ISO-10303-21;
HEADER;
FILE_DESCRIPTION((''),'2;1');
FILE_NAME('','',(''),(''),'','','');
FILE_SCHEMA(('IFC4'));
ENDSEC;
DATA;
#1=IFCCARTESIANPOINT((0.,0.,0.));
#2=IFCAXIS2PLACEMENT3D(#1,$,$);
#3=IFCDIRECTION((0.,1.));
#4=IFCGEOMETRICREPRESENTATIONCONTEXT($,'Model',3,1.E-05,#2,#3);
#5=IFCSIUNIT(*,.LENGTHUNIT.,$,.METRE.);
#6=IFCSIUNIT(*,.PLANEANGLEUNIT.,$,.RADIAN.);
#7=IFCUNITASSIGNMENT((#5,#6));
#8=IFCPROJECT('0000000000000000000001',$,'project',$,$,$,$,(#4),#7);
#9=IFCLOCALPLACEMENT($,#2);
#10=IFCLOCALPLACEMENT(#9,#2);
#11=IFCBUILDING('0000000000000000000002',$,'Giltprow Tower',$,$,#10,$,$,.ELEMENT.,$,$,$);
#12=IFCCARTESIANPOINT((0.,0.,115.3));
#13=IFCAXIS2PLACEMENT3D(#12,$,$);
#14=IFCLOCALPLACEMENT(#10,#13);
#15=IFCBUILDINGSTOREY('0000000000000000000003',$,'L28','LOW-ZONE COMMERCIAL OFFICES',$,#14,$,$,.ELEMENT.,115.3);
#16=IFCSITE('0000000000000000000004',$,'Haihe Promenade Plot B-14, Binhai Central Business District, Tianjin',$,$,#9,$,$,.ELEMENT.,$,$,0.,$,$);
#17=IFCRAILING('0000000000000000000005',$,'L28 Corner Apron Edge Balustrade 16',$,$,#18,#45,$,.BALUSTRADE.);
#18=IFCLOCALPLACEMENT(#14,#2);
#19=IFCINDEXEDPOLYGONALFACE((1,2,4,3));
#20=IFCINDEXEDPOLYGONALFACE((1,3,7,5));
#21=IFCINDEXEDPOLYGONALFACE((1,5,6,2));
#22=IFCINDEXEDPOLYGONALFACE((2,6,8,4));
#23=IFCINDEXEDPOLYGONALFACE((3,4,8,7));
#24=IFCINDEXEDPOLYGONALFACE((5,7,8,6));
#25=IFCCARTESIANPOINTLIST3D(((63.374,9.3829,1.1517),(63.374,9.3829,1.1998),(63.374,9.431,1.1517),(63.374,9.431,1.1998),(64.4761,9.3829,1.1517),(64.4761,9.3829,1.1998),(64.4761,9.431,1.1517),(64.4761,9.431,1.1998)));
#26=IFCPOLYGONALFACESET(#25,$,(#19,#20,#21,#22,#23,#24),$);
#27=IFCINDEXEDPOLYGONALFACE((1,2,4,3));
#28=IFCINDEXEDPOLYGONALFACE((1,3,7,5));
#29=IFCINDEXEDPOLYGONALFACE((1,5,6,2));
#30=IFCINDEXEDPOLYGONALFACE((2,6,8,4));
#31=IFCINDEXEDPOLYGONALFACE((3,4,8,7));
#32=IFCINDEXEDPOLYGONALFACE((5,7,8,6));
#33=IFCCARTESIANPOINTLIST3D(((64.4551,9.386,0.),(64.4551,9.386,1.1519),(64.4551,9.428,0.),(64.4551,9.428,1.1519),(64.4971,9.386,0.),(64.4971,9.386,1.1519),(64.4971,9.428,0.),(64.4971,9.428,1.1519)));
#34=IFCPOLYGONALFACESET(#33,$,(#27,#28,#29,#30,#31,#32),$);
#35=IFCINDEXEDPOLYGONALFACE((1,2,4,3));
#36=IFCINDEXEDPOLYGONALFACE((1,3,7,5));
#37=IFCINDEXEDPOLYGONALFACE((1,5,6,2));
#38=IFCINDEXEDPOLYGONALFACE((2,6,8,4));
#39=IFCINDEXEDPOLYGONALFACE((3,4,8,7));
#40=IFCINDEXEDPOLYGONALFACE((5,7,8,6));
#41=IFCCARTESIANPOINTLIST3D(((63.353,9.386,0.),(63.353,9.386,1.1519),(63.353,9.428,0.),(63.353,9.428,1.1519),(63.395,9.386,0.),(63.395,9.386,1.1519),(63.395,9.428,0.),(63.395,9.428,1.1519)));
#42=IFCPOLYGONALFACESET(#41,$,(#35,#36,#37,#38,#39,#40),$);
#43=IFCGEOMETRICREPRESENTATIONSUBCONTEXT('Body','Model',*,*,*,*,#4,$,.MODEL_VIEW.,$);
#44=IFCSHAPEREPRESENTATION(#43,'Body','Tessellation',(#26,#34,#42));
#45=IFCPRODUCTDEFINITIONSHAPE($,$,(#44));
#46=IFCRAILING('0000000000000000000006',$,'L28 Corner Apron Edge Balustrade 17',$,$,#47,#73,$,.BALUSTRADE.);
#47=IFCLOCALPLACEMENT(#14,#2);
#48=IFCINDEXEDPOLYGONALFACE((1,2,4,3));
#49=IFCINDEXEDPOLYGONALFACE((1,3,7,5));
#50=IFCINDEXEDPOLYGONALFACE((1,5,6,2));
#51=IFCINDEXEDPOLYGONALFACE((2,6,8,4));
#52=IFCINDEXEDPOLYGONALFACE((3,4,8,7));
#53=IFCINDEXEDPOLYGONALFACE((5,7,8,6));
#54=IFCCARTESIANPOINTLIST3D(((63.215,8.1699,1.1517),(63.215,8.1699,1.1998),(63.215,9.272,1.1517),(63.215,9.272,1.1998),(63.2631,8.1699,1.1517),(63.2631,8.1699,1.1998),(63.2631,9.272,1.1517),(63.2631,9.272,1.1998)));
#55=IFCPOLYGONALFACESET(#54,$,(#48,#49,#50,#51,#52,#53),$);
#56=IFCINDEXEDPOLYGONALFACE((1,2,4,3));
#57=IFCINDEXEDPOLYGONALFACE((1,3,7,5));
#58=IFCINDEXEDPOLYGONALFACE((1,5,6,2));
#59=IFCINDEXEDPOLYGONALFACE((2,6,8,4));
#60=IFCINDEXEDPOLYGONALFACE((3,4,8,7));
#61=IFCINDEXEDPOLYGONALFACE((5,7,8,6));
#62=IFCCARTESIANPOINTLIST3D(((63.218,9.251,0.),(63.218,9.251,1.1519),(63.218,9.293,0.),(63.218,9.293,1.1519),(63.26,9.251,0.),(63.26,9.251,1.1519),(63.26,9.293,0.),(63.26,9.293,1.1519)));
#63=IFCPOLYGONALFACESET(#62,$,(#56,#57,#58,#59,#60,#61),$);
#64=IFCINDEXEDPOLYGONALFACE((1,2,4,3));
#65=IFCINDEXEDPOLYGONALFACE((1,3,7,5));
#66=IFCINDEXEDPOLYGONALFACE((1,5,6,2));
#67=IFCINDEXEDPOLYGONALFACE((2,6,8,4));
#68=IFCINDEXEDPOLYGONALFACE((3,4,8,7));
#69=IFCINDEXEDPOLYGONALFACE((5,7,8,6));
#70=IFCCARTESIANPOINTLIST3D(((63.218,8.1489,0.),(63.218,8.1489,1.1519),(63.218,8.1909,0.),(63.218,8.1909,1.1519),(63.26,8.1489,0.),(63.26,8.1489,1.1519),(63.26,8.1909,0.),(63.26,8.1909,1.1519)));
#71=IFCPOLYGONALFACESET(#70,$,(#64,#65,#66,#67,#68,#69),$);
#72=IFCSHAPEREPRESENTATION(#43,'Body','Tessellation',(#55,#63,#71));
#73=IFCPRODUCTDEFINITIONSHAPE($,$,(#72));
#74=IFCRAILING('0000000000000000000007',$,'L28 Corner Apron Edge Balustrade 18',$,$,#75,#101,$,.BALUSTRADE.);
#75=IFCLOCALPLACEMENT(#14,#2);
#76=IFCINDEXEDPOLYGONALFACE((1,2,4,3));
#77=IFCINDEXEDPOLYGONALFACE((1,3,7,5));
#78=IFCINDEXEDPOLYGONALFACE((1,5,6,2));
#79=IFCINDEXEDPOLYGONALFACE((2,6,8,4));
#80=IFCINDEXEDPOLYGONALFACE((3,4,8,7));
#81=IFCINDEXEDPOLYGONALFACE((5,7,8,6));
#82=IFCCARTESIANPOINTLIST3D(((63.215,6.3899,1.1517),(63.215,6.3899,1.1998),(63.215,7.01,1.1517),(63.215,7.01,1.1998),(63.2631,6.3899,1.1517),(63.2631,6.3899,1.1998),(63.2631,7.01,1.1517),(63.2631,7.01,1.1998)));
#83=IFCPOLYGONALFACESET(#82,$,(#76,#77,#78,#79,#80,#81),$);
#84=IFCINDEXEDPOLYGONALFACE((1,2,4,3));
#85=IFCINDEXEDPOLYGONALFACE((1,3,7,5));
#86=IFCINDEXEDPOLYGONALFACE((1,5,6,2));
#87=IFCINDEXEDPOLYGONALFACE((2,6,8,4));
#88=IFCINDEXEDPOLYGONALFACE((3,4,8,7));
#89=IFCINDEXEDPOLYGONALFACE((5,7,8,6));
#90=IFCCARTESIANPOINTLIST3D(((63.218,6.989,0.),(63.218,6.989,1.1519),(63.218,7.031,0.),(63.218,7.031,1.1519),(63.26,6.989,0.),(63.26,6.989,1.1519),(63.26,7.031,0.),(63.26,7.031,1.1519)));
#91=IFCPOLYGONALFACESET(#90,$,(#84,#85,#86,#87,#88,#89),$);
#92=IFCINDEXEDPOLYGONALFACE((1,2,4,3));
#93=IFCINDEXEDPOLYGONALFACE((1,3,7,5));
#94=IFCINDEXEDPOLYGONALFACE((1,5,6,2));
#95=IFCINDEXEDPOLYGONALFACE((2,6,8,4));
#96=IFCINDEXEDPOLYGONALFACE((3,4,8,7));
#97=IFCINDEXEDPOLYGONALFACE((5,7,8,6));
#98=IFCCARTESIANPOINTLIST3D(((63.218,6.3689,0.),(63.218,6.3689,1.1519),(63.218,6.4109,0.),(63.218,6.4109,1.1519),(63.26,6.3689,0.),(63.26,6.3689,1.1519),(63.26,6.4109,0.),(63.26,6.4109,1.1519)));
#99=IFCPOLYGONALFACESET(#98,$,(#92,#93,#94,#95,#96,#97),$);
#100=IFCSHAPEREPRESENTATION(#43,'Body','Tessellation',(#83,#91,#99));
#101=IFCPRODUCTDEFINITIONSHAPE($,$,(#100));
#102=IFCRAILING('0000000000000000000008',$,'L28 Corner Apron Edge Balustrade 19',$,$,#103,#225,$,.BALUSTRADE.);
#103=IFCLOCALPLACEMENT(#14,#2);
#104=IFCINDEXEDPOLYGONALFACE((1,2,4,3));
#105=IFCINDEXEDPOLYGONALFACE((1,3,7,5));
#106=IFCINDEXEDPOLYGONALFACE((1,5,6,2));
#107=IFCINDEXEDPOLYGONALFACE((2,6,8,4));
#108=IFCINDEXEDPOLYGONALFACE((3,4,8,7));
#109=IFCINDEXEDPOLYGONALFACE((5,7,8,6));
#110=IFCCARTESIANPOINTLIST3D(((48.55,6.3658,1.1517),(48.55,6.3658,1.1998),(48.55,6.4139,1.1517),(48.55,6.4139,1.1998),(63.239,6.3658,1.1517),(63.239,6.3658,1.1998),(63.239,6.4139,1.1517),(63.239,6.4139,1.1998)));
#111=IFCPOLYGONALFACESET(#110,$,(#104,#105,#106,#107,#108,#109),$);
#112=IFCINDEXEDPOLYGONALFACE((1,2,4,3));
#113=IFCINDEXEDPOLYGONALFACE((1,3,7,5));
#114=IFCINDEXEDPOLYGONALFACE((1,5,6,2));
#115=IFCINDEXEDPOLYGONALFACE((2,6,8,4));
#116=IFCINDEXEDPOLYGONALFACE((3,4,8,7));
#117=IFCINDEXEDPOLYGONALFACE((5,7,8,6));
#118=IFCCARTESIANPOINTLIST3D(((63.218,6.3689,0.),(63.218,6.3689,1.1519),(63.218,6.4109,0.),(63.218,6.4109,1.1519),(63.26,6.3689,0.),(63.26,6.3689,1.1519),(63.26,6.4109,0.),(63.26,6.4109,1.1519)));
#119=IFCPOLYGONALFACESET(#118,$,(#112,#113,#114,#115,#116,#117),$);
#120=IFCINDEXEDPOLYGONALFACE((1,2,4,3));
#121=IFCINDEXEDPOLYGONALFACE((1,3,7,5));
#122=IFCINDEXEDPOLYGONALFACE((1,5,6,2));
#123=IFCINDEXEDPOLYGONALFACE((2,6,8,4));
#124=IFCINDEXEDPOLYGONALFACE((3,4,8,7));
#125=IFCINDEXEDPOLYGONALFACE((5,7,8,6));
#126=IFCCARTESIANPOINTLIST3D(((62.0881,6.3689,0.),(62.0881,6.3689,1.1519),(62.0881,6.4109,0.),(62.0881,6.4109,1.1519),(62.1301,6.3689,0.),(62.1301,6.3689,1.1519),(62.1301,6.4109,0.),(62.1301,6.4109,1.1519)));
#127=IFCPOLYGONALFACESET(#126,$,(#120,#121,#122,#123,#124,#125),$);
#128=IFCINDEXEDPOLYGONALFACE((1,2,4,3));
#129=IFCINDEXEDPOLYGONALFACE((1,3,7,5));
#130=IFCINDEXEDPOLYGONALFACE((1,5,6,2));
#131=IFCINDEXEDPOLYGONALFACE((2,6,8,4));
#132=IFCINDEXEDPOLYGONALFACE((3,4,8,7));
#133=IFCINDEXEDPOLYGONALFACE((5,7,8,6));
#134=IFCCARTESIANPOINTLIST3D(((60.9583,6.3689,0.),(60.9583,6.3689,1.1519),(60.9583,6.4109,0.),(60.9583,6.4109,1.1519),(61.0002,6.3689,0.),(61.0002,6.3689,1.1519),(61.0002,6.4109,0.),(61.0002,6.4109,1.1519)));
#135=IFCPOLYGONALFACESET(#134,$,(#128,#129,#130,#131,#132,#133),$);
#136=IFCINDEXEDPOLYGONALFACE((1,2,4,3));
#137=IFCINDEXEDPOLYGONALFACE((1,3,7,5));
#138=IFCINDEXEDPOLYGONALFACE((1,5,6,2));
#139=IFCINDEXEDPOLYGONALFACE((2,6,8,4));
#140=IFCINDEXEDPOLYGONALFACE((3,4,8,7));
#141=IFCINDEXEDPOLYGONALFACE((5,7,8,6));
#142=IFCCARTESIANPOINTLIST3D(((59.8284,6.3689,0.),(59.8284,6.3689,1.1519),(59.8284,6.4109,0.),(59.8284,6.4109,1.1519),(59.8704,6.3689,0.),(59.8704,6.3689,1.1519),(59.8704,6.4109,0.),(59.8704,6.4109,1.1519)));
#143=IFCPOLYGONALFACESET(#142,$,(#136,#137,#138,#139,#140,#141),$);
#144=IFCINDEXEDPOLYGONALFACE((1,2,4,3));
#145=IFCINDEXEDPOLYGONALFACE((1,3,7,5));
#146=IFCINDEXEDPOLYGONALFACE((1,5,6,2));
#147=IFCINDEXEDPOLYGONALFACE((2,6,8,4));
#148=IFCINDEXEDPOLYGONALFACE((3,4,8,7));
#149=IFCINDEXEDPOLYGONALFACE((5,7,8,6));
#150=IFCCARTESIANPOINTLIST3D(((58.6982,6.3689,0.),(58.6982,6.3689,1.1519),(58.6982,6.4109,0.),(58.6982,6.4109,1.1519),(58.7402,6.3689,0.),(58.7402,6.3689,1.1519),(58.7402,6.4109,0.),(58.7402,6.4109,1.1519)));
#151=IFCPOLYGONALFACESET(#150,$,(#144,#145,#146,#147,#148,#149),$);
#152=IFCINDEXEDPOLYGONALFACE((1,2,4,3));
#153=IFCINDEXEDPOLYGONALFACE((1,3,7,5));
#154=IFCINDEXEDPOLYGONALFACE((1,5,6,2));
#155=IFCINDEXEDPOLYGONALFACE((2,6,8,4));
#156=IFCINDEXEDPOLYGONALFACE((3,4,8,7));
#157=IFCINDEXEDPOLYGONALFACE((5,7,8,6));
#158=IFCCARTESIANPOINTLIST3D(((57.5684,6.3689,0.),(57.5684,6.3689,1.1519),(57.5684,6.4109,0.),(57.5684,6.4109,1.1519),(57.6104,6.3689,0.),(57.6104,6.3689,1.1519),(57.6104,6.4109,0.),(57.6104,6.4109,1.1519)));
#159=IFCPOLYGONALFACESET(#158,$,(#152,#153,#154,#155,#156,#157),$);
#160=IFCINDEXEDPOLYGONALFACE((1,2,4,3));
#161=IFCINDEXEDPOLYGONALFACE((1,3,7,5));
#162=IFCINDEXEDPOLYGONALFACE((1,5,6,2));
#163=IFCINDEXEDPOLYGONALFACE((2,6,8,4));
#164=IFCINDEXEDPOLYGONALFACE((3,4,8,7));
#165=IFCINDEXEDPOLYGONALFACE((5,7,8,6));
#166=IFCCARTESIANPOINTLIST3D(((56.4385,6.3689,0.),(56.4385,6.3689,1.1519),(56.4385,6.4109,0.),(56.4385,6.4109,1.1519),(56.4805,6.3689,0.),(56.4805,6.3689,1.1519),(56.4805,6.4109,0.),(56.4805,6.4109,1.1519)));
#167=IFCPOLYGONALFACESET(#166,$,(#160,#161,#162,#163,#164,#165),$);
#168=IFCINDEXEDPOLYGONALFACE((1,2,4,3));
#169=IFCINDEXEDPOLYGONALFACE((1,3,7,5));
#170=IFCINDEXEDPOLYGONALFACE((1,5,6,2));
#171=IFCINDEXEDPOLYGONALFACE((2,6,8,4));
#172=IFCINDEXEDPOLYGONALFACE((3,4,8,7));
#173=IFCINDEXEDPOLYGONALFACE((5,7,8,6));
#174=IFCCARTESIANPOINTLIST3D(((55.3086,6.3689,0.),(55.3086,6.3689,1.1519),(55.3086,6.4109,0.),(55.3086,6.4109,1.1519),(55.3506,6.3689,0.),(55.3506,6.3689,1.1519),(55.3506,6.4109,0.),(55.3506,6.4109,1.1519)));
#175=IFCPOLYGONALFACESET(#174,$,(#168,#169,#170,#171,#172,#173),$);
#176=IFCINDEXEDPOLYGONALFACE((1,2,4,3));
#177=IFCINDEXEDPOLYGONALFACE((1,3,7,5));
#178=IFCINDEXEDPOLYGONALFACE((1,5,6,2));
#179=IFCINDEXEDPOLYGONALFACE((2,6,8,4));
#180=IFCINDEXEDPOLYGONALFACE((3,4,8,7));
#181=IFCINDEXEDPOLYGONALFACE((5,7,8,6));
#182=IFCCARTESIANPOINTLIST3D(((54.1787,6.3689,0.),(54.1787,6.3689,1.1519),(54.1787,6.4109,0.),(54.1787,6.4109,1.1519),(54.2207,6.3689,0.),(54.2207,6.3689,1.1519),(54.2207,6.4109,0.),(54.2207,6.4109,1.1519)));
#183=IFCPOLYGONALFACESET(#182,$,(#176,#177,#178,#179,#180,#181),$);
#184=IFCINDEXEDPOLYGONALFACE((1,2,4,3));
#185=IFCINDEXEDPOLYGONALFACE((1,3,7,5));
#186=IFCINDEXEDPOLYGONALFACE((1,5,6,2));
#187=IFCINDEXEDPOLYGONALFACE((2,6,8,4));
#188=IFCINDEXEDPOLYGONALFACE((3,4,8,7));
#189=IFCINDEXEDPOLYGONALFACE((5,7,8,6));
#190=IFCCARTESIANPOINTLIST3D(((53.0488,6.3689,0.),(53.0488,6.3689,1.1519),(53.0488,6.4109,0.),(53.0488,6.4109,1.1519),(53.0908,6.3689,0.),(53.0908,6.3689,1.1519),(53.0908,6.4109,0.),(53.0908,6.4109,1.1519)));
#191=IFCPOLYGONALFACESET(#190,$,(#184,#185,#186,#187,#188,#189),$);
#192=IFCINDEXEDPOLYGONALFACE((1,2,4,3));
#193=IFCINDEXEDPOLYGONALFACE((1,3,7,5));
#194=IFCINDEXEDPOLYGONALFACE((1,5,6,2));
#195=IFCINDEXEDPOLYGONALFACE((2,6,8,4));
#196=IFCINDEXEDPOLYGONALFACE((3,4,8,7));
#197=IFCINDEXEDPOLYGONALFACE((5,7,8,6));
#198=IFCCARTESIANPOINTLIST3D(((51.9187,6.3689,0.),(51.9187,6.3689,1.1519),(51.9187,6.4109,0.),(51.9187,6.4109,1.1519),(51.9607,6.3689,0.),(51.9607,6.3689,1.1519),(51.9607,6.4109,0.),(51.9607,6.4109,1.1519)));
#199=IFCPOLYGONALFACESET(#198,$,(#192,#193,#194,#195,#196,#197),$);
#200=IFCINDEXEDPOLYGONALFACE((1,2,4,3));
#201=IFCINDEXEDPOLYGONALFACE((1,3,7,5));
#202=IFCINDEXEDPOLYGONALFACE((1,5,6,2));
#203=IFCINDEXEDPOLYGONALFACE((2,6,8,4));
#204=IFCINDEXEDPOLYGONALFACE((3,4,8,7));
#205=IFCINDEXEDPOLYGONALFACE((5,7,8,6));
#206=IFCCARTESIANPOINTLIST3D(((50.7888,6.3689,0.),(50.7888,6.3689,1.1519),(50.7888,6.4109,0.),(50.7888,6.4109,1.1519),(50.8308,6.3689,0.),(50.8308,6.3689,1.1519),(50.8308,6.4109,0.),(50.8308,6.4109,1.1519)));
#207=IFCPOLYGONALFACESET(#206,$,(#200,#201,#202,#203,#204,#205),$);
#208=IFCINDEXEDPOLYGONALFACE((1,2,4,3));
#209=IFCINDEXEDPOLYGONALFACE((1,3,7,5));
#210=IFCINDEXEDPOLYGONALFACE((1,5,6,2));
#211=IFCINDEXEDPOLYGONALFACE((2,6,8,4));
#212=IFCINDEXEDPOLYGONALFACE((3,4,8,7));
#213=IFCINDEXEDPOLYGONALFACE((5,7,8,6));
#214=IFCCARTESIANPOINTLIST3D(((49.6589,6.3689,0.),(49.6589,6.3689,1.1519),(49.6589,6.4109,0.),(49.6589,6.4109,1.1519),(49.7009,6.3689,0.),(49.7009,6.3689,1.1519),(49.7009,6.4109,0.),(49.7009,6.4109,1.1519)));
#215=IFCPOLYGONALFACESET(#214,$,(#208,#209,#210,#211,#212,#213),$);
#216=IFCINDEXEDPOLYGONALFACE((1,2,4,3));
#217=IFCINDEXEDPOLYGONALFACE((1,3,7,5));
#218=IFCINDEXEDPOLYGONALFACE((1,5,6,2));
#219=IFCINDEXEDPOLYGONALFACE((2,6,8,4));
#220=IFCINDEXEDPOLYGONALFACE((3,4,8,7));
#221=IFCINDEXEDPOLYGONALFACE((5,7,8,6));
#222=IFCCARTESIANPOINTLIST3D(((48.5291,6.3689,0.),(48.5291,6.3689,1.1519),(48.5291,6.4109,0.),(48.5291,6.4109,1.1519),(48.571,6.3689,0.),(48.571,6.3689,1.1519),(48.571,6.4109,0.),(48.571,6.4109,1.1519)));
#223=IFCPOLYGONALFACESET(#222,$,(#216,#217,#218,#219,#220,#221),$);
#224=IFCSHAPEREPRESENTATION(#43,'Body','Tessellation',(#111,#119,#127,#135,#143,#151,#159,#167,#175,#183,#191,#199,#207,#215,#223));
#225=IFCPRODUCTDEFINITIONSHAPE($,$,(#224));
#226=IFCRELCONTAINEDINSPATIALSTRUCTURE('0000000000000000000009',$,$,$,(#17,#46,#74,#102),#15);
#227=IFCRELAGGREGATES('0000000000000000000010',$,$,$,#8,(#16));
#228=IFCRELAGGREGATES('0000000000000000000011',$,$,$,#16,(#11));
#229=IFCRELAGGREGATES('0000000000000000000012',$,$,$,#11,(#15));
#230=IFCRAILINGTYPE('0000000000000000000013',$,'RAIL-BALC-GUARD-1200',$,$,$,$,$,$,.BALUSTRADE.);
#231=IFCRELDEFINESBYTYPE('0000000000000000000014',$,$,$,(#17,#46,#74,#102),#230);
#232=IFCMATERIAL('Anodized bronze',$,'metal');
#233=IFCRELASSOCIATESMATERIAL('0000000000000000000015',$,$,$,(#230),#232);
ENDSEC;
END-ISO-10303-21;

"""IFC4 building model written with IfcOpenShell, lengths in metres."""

from ifc_helpers import new_model, si_unit, direction, frame, origin, origin_2d, place, context, subcontext, project, spatial, rectangle, extrude, material, type_object, element, save


model = new_model("IFC4")

# Units and contexts
model_context = context("Model", 3, precision=1e-05, world=origin(), true_north=direction((0.0, 1.0)))
body_context = subcontext(model_context, "Body", "Model", "MODEL_VIEW")
ifc_project = project(units=[si_unit("LENGTHUNIT", "METRE"), si_unit("PLANEANGLEUNIT", "RADIAN")], contexts=[model_context])

# Site, building, storey
site_placement = place(None, origin())
site = spatial("IfcSite", under=ifc_project, at=site_placement, Name="Haihe Promenade Plot B-14, Binhai Central Business District, Tianjin", CompositionType="ELEMENT", RefElevation=0.0)
building_placement = place(site_placement, origin())
building = spatial("IfcBuilding", under=site, at=building_placement, Name="Giltprow Tower", CompositionType="ELEMENT")
storey_placement = place(building_placement, frame((0.0, 0.0, 115.3)))
storey = spatial("IfcBuildingStorey", under=building, at=storey_placement, Name="L28", Description="LOW-ZONE COMMERCIAL OFFICES", CompositionType="ELEMENT", Elevation=115.3)

# Shared definitions
ifc_material_1 = material(Name="Anodized bronze", Category="metal")

# Railings
railing_type = type_object("IfcRailingType", Name="RAIL-BALC-GUARD-1200", PredefinedType="BALUSTRADE", material=ifc_material_1)
railing_1_placement = place(storey_placement, frame((64.4761, 9.407, 0.0)))
element("IfcRailing", 1, at=railing_1_placement, inside=storey, type_object=railing_type, Name="L28 Corner Apron Edge Balustrade 16", PredefinedType="BALUSTRADE", context=body_context, shape_type="SweptSolid", body=[
    extrude(rectangle(XDim=0.0481, YDim=0.0481, at=origin_2d()), frame((0.0, 0.0, 1.1758), z_axis=(-1.0, 0.0, 0.0), x_axis=(0.0, -1.0, 0.0)), (0.0, 0.0, 1.0), 1.1021),
    extrude(rectangle(XDim=0.042, YDim=0.042, at=origin_2d()), origin(), (0.0, 0.0, 1.0), 1.1519),
    extrude(rectangle(XDim=0.042, YDim=0.042, at=origin_2d()), frame((-1.1021, 0.0, 0.0)), (0.0, 0.0, 1.0), 1.1519),
])
railing_2_placement = place(storey_placement, frame((63.239, 9.272, 0.0)))
element("IfcRailing", 2, at=railing_2_placement, inside=storey, type_object=railing_type, Name="L28 Corner Apron Edge Balustrade 17", PredefinedType="BALUSTRADE", context=body_context, shape_type="SweptSolid", body=[
    extrude(rectangle(XDim=0.0481, YDim=0.0481, at=origin_2d()), frame((0.0, 0.0, 1.1758), z_axis=(0.0, -1.0, 0.0), x_axis=(1.0, 0.0, 0.0)), (0.0, 0.0, 1.0), 1.1021),
    extrude(rectangle(XDim=0.042, YDim=0.042, at=origin_2d()), origin(), (0.0, 0.0, 1.0), 1.1519),
    extrude(rectangle(XDim=0.042, YDim=0.042, at=origin_2d()), frame((0.0, -1.1021, 0.0)), (0.0, 0.0, 1.0), 1.1519),
])
railing_3_placement = place(storey_placement, frame((63.239, 7.01, 0.0)))
element("IfcRailing", 3, at=railing_3_placement, inside=storey, type_object=railing_type, Name="L28 Corner Apron Edge Balustrade 18", PredefinedType="BALUSTRADE", context=body_context, shape_type="SweptSolid", body=[
    extrude(rectangle(XDim=0.0481, YDim=0.0481, at=origin_2d()), frame((0.0, 0.0, 1.1758), z_axis=(0.0, -1.0, 0.0), x_axis=(1.0, 0.0, 0.0)), (0.0, 0.0, 1.0), 0.6201),
    extrude(rectangle(XDim=0.042, YDim=0.042, at=origin_2d()), origin(), (0.0, 0.0, 1.0), 1.1519),
    extrude(rectangle(XDim=0.042, YDim=0.042, at=origin_2d()), frame((0.0, -0.6201, 0.0)), (0.0, 0.0, 1.0), 1.1519),
])
railing_4_placement = place(storey_placement, frame((63.239, 6.3899, 0.0)))
element("IfcRailing", 4, at=railing_4_placement, inside=storey, type_object=railing_type, Name="L28 Corner Apron Edge Balustrade 19", PredefinedType="BALUSTRADE", context=body_context, shape_type="SweptSolid", body=[
    extrude(rectangle(XDim=0.0481, YDim=0.0481, at=origin_2d()), frame((0.0, 0.0, 1.1758), z_axis=(-1.0, 0.0, 0.0), x_axis=(0.0, -1.0, 0.0)), (0.0, 0.0, 1.0), 14.689),
    extrude(rectangle(XDim=0.042, YDim=0.042, at=origin_2d()), origin(), (0.0, 0.0, 1.0), 1.1519),
    extrude(rectangle(XDim=0.042, YDim=0.042, at=origin_2d()), frame((-1.1299, 0.0, 0.0)), (0.0, 0.0, 1.0), 1.1519),
    extrude(rectangle(XDim=0.042, YDim=0.042, at=origin_2d()), frame((-2.2598, 0.0, 0.0)), (0.0, 0.0, 1.0), 1.1519),
    extrude(rectangle(XDim=0.042, YDim=0.042, at=origin_2d()), frame((-3.3896, 0.0, 0.0)), (0.0, 0.0, 1.0), 1.1519),
    extrude(rectangle(XDim=0.042, YDim=0.042, at=origin_2d()), frame((-4.5198, 0.0, 0.0)), (0.0, 0.0, 1.0), 1.1519),
    extrude(rectangle(XDim=0.042, YDim=0.042, at=origin_2d()), frame((-5.6497, 0.0, 0.0)), (0.0, 0.0, 1.0), 1.1519),
    extrude(rectangle(XDim=0.042, YDim=0.042, at=origin_2d()), frame((-6.7795, 0.0, 0.0)), (0.0, 0.0, 1.0), 1.1519),
    extrude(rectangle(XDim=0.042, YDim=0.042, at=origin_2d()), frame((-7.9094, 0.0, 0.0)), (0.0, 0.0, 1.0), 1.1519),
    extrude(rectangle(XDim=0.042, YDim=0.042, at=origin_2d()), frame((-9.0393, 0.0, 0.0)), (0.0, 0.0, 1.0), 1.1519),
    extrude(rectangle(XDim=0.042, YDim=0.042, at=origin_2d()), frame((-10.1692, 0.0, 0.0)), (0.0, 0.0, 1.0), 1.1519),
    extrude(rectangle(XDim=0.042, YDim=0.042, at=origin_2d()), frame((-11.2993, 0.0, 0.0)), (0.0, 0.0, 1.0), 1.1519),
    extrude(rectangle(XDim=0.042, YDim=0.042, at=origin_2d()), frame((-12.4292, 0.0, 0.0)), (0.0, 0.0, 1.0), 1.1519),
    extrude(rectangle(XDim=0.042, YDim=0.042, at=origin_2d()), frame((-13.5591, 0.0, 0.0)), (0.0, 0.0, 1.0), 1.1519),
    extrude(rectangle(XDim=0.042, YDim=0.042, at=origin_2d()), frame((-14.689, 0.0, 0.0)), (0.0, 0.0, 1.0), 1.1519),
])

save(model, "model.ifc")
